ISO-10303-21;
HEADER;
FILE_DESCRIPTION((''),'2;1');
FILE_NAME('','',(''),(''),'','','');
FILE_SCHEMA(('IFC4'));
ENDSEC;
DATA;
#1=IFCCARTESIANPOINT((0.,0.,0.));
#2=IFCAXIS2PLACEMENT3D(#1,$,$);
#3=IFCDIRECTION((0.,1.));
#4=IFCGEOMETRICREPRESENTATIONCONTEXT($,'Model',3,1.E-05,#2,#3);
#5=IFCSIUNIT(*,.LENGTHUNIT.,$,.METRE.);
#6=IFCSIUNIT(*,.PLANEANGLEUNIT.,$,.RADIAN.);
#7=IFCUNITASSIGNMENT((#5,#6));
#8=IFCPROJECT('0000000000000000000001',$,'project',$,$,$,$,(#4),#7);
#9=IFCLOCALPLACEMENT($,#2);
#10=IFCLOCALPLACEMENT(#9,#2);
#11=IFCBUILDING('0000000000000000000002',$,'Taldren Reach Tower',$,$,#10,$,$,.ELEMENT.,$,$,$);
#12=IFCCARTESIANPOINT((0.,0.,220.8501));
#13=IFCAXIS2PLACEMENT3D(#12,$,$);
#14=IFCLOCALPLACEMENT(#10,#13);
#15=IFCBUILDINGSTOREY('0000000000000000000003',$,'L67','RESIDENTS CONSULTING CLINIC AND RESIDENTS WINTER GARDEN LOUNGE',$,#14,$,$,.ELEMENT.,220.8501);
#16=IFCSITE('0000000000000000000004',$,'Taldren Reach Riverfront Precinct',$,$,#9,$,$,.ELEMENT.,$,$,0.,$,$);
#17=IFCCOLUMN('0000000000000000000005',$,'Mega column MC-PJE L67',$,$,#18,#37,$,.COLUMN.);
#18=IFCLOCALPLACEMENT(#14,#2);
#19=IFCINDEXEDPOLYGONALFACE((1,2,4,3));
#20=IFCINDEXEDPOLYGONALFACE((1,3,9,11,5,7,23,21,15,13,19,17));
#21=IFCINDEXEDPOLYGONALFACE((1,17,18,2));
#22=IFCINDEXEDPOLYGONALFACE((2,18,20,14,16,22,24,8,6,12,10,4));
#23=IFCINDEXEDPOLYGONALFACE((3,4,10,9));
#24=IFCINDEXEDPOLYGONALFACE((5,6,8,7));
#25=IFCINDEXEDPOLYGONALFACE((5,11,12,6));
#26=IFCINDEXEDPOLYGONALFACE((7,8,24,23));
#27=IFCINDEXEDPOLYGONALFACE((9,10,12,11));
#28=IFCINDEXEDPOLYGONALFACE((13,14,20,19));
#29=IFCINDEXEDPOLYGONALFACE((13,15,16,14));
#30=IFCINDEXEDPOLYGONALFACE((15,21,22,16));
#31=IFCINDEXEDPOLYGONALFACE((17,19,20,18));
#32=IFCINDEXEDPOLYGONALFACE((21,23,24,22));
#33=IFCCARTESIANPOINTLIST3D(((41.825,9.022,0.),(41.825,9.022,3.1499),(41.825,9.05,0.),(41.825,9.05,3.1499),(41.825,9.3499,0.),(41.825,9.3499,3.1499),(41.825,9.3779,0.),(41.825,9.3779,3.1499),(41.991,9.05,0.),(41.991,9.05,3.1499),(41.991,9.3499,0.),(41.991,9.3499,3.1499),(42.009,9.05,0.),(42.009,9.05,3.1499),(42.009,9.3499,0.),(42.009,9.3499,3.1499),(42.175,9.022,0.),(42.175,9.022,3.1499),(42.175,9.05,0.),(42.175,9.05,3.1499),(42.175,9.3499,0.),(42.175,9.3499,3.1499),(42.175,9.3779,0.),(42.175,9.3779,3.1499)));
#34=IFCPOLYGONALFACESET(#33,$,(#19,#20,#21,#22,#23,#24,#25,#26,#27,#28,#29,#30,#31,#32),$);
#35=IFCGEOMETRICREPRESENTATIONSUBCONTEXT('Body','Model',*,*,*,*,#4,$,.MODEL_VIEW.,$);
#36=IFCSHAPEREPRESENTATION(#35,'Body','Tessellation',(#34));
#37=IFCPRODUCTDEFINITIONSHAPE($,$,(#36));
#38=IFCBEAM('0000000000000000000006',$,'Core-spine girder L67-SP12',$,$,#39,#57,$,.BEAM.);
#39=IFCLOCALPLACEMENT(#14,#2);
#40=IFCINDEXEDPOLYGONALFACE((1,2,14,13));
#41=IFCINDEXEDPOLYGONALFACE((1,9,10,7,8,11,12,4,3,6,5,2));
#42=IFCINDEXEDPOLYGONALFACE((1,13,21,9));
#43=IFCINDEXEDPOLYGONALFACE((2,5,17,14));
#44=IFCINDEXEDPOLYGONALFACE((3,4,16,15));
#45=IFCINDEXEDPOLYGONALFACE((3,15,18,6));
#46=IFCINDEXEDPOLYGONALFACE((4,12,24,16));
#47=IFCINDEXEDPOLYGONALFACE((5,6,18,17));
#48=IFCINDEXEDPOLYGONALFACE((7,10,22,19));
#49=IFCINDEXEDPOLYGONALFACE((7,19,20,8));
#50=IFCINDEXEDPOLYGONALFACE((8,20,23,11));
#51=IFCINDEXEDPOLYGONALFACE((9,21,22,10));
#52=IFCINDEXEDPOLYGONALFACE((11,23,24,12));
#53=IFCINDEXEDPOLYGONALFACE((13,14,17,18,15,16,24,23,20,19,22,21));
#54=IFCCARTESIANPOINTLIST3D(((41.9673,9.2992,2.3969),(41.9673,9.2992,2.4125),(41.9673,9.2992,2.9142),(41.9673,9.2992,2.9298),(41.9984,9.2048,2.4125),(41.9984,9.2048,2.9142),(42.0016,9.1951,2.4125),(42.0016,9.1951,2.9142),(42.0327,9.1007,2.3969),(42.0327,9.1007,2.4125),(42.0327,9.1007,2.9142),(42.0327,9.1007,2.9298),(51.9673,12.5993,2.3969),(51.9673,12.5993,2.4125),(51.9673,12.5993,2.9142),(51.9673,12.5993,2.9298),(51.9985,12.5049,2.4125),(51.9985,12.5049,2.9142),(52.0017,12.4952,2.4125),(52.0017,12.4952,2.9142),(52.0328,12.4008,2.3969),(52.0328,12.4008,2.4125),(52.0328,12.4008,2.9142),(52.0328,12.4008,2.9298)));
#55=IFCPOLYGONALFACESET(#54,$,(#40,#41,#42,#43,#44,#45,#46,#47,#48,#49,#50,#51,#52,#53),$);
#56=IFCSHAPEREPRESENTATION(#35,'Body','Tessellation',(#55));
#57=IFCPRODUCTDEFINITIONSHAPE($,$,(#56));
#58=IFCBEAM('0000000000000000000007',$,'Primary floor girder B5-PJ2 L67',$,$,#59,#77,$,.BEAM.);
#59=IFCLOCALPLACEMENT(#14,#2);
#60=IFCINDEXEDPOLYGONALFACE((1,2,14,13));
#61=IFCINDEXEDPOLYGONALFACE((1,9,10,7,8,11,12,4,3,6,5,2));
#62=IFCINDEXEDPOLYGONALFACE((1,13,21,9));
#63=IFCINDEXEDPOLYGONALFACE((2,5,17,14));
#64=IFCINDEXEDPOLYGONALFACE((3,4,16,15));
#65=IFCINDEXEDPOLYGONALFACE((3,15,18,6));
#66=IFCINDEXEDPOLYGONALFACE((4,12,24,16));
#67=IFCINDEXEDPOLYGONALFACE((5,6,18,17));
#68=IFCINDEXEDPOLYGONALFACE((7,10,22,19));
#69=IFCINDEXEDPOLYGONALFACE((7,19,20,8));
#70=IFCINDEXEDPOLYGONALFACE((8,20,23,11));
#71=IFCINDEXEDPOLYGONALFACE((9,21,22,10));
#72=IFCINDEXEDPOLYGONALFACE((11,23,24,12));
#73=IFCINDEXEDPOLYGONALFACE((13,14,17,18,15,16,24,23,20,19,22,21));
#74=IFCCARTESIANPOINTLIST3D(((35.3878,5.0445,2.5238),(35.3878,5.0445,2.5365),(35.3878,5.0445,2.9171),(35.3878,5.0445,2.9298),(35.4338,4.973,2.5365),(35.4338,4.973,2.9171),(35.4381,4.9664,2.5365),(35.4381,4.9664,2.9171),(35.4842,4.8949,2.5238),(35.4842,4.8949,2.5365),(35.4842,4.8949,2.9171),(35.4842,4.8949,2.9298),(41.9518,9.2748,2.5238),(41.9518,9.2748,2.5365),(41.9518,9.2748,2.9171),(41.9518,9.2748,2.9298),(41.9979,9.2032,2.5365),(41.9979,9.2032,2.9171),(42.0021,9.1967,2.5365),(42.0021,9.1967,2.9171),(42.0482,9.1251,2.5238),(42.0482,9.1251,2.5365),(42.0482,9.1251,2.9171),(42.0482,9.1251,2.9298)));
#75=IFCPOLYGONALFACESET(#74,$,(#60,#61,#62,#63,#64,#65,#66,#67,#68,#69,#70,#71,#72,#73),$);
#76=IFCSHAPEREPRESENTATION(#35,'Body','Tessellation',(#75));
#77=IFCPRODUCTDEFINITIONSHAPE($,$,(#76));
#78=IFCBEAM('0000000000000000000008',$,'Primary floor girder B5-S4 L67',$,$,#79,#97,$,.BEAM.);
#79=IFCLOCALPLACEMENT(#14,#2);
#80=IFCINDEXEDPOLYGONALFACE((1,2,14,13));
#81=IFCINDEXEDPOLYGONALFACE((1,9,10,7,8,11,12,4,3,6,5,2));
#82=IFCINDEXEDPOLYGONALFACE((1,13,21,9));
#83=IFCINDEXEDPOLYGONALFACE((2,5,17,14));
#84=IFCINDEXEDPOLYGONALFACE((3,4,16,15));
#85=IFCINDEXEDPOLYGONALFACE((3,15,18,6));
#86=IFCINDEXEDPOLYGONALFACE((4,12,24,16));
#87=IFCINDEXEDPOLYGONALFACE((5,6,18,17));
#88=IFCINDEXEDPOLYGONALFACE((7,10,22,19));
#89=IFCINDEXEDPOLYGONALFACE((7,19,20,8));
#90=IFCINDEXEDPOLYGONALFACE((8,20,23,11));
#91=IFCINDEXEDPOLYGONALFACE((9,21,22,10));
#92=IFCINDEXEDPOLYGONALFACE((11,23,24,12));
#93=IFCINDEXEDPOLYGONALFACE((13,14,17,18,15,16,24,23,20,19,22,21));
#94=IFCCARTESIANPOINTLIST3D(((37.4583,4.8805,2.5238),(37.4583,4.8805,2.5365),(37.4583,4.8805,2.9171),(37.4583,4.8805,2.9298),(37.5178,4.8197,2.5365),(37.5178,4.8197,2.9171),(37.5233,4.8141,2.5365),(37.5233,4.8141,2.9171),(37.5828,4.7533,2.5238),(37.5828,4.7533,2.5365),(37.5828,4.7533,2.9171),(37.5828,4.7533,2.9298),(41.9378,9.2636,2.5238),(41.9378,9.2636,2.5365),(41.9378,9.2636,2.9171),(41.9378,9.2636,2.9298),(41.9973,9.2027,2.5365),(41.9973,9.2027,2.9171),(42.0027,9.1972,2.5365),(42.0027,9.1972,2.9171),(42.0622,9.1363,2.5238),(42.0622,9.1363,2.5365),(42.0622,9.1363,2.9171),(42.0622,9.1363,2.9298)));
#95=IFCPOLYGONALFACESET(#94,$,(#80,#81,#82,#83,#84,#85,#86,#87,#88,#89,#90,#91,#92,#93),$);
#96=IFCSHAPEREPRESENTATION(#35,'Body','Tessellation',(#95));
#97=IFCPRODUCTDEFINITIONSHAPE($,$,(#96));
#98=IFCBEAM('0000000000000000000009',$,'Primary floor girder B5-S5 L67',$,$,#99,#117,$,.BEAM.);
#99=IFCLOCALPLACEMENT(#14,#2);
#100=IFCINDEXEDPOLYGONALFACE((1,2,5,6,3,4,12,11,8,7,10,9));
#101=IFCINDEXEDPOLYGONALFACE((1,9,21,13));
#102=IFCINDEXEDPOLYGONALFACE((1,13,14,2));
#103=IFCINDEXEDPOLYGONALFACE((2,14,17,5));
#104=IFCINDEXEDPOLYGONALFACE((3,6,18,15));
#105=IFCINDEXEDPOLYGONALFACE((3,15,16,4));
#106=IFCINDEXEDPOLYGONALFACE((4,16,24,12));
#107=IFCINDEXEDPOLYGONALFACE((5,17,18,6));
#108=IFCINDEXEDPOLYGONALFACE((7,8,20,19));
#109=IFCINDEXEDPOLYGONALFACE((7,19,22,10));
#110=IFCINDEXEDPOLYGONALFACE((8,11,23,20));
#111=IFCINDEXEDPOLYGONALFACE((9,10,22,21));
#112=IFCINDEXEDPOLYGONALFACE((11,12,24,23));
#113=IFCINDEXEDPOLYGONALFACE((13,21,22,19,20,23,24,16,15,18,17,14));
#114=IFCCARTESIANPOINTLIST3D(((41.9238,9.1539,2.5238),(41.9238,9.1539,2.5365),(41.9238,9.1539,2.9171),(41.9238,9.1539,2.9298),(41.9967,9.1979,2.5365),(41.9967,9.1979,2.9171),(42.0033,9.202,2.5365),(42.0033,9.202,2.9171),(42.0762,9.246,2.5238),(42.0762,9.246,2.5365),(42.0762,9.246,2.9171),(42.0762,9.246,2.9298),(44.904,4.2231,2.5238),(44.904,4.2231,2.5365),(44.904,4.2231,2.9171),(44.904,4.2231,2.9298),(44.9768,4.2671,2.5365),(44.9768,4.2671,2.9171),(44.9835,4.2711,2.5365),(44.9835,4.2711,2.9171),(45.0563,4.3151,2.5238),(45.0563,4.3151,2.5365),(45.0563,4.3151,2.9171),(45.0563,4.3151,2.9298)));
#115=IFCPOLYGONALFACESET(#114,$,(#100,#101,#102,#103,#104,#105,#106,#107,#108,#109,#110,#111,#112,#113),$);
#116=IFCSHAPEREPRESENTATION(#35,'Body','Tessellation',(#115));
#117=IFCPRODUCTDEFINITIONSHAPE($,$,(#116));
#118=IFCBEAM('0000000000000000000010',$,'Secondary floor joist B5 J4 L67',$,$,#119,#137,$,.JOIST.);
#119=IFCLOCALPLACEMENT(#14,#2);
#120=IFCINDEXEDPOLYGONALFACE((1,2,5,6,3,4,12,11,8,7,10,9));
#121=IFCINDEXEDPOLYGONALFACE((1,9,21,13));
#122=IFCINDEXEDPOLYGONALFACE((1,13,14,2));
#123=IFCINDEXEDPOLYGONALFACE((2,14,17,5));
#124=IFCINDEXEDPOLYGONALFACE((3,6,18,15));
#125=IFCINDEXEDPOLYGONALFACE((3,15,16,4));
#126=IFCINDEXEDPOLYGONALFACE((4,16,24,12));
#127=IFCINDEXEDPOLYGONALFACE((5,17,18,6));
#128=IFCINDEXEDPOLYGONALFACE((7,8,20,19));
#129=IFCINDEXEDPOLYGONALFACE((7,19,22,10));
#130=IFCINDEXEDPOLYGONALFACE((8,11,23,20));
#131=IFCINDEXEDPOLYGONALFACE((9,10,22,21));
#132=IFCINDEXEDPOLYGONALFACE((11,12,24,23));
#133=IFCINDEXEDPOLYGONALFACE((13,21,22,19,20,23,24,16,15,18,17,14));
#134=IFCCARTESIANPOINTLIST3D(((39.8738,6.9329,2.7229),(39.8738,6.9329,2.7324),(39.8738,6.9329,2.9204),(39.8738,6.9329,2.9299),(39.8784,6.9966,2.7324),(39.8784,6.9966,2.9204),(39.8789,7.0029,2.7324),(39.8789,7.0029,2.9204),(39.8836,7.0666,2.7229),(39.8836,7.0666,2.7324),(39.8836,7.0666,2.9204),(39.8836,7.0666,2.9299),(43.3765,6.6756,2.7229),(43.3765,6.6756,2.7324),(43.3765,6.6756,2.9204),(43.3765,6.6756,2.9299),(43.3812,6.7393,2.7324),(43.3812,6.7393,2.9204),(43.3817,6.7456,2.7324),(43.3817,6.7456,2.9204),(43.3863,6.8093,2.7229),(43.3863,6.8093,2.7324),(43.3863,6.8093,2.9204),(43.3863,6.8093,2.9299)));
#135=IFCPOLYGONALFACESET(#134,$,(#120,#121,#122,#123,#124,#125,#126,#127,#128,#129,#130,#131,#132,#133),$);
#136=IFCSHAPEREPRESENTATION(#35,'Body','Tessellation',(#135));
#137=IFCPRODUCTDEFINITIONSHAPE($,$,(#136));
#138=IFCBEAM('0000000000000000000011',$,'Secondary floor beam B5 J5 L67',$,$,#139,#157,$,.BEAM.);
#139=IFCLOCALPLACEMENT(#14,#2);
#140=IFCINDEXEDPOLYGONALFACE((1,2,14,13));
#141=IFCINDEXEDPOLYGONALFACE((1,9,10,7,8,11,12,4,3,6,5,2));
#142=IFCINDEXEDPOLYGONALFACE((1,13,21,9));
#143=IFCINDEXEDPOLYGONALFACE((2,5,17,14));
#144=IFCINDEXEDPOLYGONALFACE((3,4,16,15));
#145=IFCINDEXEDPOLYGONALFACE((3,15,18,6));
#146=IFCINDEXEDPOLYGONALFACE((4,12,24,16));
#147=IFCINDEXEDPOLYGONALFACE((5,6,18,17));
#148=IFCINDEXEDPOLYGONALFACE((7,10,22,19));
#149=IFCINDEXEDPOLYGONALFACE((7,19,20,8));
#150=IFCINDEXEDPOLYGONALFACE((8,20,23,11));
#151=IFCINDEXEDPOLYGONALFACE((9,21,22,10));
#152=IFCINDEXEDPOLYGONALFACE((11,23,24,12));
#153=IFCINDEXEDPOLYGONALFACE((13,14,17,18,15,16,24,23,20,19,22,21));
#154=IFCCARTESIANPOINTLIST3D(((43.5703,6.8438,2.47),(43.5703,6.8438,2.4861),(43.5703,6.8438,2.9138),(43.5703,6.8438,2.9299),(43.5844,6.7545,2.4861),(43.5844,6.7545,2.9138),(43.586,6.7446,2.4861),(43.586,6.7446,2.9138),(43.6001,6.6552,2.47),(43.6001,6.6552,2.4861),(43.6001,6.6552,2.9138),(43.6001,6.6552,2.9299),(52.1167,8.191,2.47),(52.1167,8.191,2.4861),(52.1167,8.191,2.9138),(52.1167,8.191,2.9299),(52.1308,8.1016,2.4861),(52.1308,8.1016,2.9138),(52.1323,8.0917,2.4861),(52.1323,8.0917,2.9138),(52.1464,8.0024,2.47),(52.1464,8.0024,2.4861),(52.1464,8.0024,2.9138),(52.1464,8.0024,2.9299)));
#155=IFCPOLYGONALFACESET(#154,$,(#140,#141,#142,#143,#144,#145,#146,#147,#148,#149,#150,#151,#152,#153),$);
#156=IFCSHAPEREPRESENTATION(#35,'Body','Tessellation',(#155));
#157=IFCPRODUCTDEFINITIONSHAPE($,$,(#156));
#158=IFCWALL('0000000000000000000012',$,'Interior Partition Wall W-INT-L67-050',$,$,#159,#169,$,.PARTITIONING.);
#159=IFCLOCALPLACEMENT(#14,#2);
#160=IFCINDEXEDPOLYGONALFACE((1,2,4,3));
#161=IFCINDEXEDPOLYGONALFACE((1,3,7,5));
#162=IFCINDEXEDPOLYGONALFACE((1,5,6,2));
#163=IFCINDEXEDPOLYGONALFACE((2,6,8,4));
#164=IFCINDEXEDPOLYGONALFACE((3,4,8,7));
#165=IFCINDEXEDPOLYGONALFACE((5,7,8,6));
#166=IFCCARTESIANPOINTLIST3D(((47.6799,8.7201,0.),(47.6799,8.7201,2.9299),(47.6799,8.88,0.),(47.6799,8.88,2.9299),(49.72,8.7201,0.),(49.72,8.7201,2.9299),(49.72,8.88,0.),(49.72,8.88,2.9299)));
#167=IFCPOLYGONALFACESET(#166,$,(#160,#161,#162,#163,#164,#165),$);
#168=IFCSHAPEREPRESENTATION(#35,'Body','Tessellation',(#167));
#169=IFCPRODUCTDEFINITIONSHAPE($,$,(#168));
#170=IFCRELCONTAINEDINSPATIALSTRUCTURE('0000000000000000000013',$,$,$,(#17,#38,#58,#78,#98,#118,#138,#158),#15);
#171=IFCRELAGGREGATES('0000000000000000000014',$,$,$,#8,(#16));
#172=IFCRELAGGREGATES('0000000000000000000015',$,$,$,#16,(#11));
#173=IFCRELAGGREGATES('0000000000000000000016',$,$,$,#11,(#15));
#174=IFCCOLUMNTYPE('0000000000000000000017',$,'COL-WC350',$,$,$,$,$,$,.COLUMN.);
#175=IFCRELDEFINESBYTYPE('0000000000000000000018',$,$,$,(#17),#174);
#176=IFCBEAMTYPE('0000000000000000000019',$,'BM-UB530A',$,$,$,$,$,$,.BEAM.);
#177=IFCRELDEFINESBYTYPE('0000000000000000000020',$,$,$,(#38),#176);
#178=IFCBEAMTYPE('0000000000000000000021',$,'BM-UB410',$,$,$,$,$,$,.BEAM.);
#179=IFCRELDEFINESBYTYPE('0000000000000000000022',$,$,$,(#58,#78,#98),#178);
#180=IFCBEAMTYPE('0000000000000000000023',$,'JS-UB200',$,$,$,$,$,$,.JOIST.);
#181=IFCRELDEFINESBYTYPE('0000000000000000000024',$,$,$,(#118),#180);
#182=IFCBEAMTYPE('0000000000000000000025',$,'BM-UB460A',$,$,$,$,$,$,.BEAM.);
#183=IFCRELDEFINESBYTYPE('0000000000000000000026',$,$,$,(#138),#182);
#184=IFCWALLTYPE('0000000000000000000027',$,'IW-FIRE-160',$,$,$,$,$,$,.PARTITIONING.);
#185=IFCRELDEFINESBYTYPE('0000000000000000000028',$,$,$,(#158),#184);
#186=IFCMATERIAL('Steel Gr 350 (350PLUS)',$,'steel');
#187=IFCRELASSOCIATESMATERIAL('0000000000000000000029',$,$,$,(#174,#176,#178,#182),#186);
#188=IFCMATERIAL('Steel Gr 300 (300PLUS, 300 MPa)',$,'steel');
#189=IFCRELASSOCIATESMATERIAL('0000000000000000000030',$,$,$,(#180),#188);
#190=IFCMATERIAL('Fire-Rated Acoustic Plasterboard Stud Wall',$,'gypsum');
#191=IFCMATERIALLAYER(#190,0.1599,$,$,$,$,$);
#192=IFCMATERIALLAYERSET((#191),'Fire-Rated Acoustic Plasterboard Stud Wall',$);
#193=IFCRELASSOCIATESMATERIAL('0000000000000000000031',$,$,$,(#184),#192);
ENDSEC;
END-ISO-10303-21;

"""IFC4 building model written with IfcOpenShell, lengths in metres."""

from ifc_helpers import new_model, si_unit, direction, frame, frame_2d, origin, origin_2d, place, context, subcontext, project, spatial, rectangle, i_section, extrude, source, transform, mapped, material, layer, layer_set, material_profile, profile_set, type_object, element, save


model = new_model("IFC4")

# Units and contexts
model_context = context("Model", 3, precision=1e-05, world=origin(), true_north=direction((0.0, 1.0)))
body_context = subcontext(model_context, "Body", "Model", "MODEL_VIEW")
ifc_project = project(units=[si_unit("LENGTHUNIT", "METRE"), si_unit("PLANEANGLEUNIT", "RADIAN")], contexts=[model_context])

# Site, building, storey
site_placement = place(None, origin())
site = spatial("IfcSite", under=ifc_project, at=site_placement, Name="Taldren Reach Riverfront Precinct", CompositionType="ELEMENT", RefElevation=0.0)
building_placement = place(site_placement, origin())
building = spatial("IfcBuilding", under=site, at=building_placement, Name="Taldren Reach Tower", CompositionType="ELEMENT")
storey_placement = place(building_placement, frame((0.0, 0.0, 220.8501)))
storey = spatial("IfcBuildingStorey", under=building, at=storey_placement, Name="L67", Description="RESIDENTS CONSULTING CLINIC AND RESIDENTS WINTER GARDEN LOUNGE", CompositionType="ELEMENT", Elevation=220.8501)

# Column
ifc_material_1 = material(Name="Steel Gr 350 (350PLUS)", Category="steel")
ifc_material_profile_1 = material_profile(ifc_material_1, i_section(OverallWidth=0.3501, OverallDepth=0.356, WebThickness=0.0181, FlangeThickness=0.0281, at=origin_2d()), Name="350WC197")
ifc_profile_set_1 = profile_set([ifc_material_profile_1], Name="Steel Gr 350 (350PLUS)")
column_type = type_object("IfcColumnType", Name="COL-WC350", PredefinedType="COLUMN", material=ifc_profile_set_1)
shared_shape_1 = source(origin(), body_context, "Body", "SweptSolid", [
    extrude(i_section(OverallWidth=0.3501, OverallDepth=0.356, WebThickness=0.0181, FlangeThickness=0.0281, at=origin_2d()), origin(), (0.0, 0.0, 1.0), 3.1499),
])
column_placement = place(storey_placement, frame((42.0, 9.2, 0.0), z_axis=(0.0, 0.0, 1.0), x_axis=(1.0, 0.0, 0.0)))
element("IfcColumn", 1, at=column_placement, inside=storey, type_object=column_type, Name="Mega column MC-PJE L67", PredefinedType="COLUMN", context=body_context, shape_type="MappedRepresentation", body=[
    mapped(shared_shape_1, transform((0.0, 0.0, 0.0), scale=1.0)),
])

# Beams
ifc_material_profile_2 = material_profile(ifc_material_1, i_section(OverallWidth=0.209, OverallDepth=0.533, WebThickness=0.0103, FlangeThickness=0.0156, at=origin_2d()), Name="530UB92.4")
ifc_profile_set_2 = profile_set([ifc_material_profile_2], Name="Steel Gr 350 (350PLUS)")
beam_type_1 = type_object("IfcBeamType", Name="BM-UB530A", PredefinedType="BEAM", material=ifc_profile_set_2)
shared_shape_2 = source(origin(), body_context, "Body", "SweptSolid", [
    extrude(i_section(OverallWidth=0.209, OverallDepth=0.533, WebThickness=0.0103, FlangeThickness=0.0156, at=origin_2d()), origin(), (0.0, 0.0, 1.0), 10.5305),
])
beam_1_placement = place(storey_placement, frame((42.0, 9.2, 2.6633), z_axis=(0.949627, 0.313382, 0.0), x_axis=(-0.313382, 0.949627, 0.0)))
element("IfcBeam", 2, at=beam_1_placement, inside=storey, type_object=beam_type_1, Name="Core-spine girder L67-SP12", PredefinedType="BEAM", context=body_context, shape_type="MappedRepresentation", body=[
    mapped(shared_shape_2, transform((0.0, 0.0, 0.0), scale=1.0)),
])
ifc_material_profile_3 = material_profile(ifc_material_1, i_section(OverallWidth=0.178, OverallDepth=0.406, WebThickness=0.0078, FlangeThickness=0.0127, at=origin_2d()), Name="410UB59.7")
ifc_profile_set_3 = profile_set([ifc_material_profile_3], Name="Steel Gr 350 (350PLUS)")
beam_type_2 = type_object("IfcBeamType", Name="BM-UB410", PredefinedType="BEAM", material=ifc_profile_set_3)
shared_shape_3 = source(origin(), body_context, "Body", "SweptSolid", [
    extrude(i_section(OverallWidth=0.178, OverallDepth=0.406, WebThickness=0.0078, FlangeThickness=0.0127, at=origin_2d()), origin(), (0.0, 0.0, 1.0), 7.8091),
])
beam_2_placement = place(storey_placement, frame((42.0, 9.2, 2.7268), z_axis=(-0.840564, -0.541712, 0.0), x_axis=(0.541712, -0.840564, 0.0)))
element("IfcBeam", 3, at=beam_2_placement, inside=storey, type_object=beam_type_2, Name="Primary floor girder B5-PJ2 L67", PredefinedType="BEAM", context=body_context, shape_type="MappedRepresentation", body=[
    mapped(shared_shape_3, transform((0.0, 0.0, 0.0), scale=1.0)),
])
shared_shape_4 = source(origin(), body_context, "Body", "SweptSolid", [
    extrude(i_section(OverallWidth=0.178, OverallDepth=0.406, WebThickness=0.0078, FlangeThickness=0.0127, at=origin_2d()), origin(), (0.0, 0.0, 1.0), 6.2671),
])
beam_3_placement = place(storey_placement, frame((42.0, 9.2, 2.7268), z_axis=(-0.714759, -0.699371, 0.0), x_axis=(0.699371, -0.714759, 0.0)))
element("IfcBeam", 4, at=beam_3_placement, inside=storey, type_object=beam_type_2, Name="Primary floor girder B5-S4 L67", PredefinedType="BEAM", context=body_context, shape_type="MappedRepresentation", body=[
    mapped(shared_shape_4, transform((0.0, 0.0, 0.0), scale=1.0)),
])
shared_shape_5 = source(origin(), body_context, "Body", "SweptSolid", [
    extrude(i_section(OverallWidth=0.178, OverallDepth=0.406, WebThickness=0.0078, FlangeThickness=0.0127, at=origin_2d()), origin(), (0.0, 0.0, 1.0), 5.7615),
])
beam_4_placement = place(storey_placement, frame((42.0, 9.2, 2.7268), z_axis=(0.51726, -0.855828, 0.0), x_axis=(0.855828, 0.51726, 0.0)))
element("IfcBeam", 5, at=beam_4_placement, inside=storey, type_object=beam_type_2, Name="Primary floor girder B5-S5 L67", PredefinedType="BEAM", context=body_context, shape_type="MappedRepresentation", body=[
    mapped(shared_shape_5, transform((0.0, 0.0, 0.0), scale=1.0)),
])
ifc_material_2 = material(Name="Steel Gr 300 (300PLUS, 300 MPa)", Category="steel")
ifc_material_profile_4 = material_profile(ifc_material_2, i_section(OverallWidth=0.134, OverallDepth=0.207, WebThickness=0.0063, FlangeThickness=0.0095, at=origin_2d()), Name="200UB29.8")
ifc_profile_set_4 = profile_set([ifc_material_profile_4], Name="Steel Gr 300 (300PLUS, 300 MPa)")
beam_type_3 = type_object("IfcBeamType", Name="JS-UB200", PredefinedType="JOIST", material=ifc_profile_set_4)
shared_shape_6 = source(origin(), body_context, "Body", "SweptSolid", [
    extrude(i_section(OverallWidth=0.134, OverallDepth=0.207, WebThickness=0.0063, FlangeThickness=0.0095, at=origin_2d()), origin(), (0.0, 0.0, 1.0), 3.5122),
])
beam_5_placement = place(storey_placement, frame((39.8787, 6.9998, 2.8264), z_axis=(0.997312, -0.073267, 0.0), x_axis=(0.073267, 0.997312, 0.0)))
element("IfcBeam", 6, at=beam_5_placement, inside=storey, type_object=beam_type_3, Name="Secondary floor joist B5 J4 L67", PredefinedType="JOIST", context=body_context, shape_type="MappedRepresentation", body=[
    mapped(shared_shape_6, transform((0.0, 0.0, 0.0), scale=1.0)),
])
ifc_material_profile_5 = material_profile(ifc_material_1, i_section(OverallWidth=0.1909, OverallDepth=0.46, WebThickness=0.01, FlangeThickness=0.0161, at=origin_2d()), Name="460UB82.1")
ifc_profile_set_5 = profile_set([ifc_material_profile_5], Name="Steel Gr 350 (350PLUS)")
beam_type_4 = type_object("IfcBeamType", Name="BM-UB460A", PredefinedType="BEAM", material=ifc_profile_set_5)
shared_shape_7 = source(origin(), body_context, "Body", "SweptSolid", [
    extrude(i_section(OverallWidth=0.1909, OverallDepth=0.46, WebThickness=0.01, FlangeThickness=0.0161, at=origin_2d()), origin(), (0.0, 0.0, 1.0), 8.6519),
])
beam_6_placement = place(storey_placement, frame((43.5852, 6.7495, 2.7), z_axis=(0.987803, 0.155708, 0.0), x_axis=(-0.155708, 0.987803, 0.0)))
element("IfcBeam", 7, at=beam_6_placement, inside=storey, type_object=beam_type_4, Name="Secondary floor beam B5 J5 L67", PredefinedType="BEAM", context=body_context, shape_type="MappedRepresentation", body=[
    mapped(shared_shape_7, transform((0.0, 0.0, 0.0), scale=1.0)),
])

# Wall
ifc_material_3 = material(Name="Fire-Rated Acoustic Plasterboard Stud Wall", Category="gypsum")
ifc_layer_1 = layer(ifc_material_3, 0.1599)
ifc_layer_set_1 = layer_set([ifc_layer_1], Name="Fire-Rated Acoustic Plasterboard Stud Wall")
wall_type_1 = type_object("IfcWallType", Name="IW-FIRE-160", PredefinedType="PARTITIONING", material=ifc_layer_set_1)
shared_shape_8 = source(origin(), body_context, "Body", "SweptSolid", [
    extrude(rectangle(XDim=2.04, YDim=0.1599, at=frame_2d((1.02, 0.0))), origin(), (0.0, 0.0, 1.0), 2.9299),
])
wall_1_placement = place(storey_placement, frame((49.72, 8.8, 0.0), z_axis=(0.0, 0.0, 1.0), x_axis=(-1.0, 0.0, 0.0)))
element("IfcWall", 8, at=wall_1_placement, inside=storey, type_object=wall_type_1, Name="Interior Partition Wall W-INT-L67-050", PredefinedType="PARTITIONING", context=body_context, shape_type="MappedRepresentation", body=[
    mapped(shared_shape_8, transform((0.0, 0.0, 0.0), scale=1.0)),
])

save(model, "model.ifc")
